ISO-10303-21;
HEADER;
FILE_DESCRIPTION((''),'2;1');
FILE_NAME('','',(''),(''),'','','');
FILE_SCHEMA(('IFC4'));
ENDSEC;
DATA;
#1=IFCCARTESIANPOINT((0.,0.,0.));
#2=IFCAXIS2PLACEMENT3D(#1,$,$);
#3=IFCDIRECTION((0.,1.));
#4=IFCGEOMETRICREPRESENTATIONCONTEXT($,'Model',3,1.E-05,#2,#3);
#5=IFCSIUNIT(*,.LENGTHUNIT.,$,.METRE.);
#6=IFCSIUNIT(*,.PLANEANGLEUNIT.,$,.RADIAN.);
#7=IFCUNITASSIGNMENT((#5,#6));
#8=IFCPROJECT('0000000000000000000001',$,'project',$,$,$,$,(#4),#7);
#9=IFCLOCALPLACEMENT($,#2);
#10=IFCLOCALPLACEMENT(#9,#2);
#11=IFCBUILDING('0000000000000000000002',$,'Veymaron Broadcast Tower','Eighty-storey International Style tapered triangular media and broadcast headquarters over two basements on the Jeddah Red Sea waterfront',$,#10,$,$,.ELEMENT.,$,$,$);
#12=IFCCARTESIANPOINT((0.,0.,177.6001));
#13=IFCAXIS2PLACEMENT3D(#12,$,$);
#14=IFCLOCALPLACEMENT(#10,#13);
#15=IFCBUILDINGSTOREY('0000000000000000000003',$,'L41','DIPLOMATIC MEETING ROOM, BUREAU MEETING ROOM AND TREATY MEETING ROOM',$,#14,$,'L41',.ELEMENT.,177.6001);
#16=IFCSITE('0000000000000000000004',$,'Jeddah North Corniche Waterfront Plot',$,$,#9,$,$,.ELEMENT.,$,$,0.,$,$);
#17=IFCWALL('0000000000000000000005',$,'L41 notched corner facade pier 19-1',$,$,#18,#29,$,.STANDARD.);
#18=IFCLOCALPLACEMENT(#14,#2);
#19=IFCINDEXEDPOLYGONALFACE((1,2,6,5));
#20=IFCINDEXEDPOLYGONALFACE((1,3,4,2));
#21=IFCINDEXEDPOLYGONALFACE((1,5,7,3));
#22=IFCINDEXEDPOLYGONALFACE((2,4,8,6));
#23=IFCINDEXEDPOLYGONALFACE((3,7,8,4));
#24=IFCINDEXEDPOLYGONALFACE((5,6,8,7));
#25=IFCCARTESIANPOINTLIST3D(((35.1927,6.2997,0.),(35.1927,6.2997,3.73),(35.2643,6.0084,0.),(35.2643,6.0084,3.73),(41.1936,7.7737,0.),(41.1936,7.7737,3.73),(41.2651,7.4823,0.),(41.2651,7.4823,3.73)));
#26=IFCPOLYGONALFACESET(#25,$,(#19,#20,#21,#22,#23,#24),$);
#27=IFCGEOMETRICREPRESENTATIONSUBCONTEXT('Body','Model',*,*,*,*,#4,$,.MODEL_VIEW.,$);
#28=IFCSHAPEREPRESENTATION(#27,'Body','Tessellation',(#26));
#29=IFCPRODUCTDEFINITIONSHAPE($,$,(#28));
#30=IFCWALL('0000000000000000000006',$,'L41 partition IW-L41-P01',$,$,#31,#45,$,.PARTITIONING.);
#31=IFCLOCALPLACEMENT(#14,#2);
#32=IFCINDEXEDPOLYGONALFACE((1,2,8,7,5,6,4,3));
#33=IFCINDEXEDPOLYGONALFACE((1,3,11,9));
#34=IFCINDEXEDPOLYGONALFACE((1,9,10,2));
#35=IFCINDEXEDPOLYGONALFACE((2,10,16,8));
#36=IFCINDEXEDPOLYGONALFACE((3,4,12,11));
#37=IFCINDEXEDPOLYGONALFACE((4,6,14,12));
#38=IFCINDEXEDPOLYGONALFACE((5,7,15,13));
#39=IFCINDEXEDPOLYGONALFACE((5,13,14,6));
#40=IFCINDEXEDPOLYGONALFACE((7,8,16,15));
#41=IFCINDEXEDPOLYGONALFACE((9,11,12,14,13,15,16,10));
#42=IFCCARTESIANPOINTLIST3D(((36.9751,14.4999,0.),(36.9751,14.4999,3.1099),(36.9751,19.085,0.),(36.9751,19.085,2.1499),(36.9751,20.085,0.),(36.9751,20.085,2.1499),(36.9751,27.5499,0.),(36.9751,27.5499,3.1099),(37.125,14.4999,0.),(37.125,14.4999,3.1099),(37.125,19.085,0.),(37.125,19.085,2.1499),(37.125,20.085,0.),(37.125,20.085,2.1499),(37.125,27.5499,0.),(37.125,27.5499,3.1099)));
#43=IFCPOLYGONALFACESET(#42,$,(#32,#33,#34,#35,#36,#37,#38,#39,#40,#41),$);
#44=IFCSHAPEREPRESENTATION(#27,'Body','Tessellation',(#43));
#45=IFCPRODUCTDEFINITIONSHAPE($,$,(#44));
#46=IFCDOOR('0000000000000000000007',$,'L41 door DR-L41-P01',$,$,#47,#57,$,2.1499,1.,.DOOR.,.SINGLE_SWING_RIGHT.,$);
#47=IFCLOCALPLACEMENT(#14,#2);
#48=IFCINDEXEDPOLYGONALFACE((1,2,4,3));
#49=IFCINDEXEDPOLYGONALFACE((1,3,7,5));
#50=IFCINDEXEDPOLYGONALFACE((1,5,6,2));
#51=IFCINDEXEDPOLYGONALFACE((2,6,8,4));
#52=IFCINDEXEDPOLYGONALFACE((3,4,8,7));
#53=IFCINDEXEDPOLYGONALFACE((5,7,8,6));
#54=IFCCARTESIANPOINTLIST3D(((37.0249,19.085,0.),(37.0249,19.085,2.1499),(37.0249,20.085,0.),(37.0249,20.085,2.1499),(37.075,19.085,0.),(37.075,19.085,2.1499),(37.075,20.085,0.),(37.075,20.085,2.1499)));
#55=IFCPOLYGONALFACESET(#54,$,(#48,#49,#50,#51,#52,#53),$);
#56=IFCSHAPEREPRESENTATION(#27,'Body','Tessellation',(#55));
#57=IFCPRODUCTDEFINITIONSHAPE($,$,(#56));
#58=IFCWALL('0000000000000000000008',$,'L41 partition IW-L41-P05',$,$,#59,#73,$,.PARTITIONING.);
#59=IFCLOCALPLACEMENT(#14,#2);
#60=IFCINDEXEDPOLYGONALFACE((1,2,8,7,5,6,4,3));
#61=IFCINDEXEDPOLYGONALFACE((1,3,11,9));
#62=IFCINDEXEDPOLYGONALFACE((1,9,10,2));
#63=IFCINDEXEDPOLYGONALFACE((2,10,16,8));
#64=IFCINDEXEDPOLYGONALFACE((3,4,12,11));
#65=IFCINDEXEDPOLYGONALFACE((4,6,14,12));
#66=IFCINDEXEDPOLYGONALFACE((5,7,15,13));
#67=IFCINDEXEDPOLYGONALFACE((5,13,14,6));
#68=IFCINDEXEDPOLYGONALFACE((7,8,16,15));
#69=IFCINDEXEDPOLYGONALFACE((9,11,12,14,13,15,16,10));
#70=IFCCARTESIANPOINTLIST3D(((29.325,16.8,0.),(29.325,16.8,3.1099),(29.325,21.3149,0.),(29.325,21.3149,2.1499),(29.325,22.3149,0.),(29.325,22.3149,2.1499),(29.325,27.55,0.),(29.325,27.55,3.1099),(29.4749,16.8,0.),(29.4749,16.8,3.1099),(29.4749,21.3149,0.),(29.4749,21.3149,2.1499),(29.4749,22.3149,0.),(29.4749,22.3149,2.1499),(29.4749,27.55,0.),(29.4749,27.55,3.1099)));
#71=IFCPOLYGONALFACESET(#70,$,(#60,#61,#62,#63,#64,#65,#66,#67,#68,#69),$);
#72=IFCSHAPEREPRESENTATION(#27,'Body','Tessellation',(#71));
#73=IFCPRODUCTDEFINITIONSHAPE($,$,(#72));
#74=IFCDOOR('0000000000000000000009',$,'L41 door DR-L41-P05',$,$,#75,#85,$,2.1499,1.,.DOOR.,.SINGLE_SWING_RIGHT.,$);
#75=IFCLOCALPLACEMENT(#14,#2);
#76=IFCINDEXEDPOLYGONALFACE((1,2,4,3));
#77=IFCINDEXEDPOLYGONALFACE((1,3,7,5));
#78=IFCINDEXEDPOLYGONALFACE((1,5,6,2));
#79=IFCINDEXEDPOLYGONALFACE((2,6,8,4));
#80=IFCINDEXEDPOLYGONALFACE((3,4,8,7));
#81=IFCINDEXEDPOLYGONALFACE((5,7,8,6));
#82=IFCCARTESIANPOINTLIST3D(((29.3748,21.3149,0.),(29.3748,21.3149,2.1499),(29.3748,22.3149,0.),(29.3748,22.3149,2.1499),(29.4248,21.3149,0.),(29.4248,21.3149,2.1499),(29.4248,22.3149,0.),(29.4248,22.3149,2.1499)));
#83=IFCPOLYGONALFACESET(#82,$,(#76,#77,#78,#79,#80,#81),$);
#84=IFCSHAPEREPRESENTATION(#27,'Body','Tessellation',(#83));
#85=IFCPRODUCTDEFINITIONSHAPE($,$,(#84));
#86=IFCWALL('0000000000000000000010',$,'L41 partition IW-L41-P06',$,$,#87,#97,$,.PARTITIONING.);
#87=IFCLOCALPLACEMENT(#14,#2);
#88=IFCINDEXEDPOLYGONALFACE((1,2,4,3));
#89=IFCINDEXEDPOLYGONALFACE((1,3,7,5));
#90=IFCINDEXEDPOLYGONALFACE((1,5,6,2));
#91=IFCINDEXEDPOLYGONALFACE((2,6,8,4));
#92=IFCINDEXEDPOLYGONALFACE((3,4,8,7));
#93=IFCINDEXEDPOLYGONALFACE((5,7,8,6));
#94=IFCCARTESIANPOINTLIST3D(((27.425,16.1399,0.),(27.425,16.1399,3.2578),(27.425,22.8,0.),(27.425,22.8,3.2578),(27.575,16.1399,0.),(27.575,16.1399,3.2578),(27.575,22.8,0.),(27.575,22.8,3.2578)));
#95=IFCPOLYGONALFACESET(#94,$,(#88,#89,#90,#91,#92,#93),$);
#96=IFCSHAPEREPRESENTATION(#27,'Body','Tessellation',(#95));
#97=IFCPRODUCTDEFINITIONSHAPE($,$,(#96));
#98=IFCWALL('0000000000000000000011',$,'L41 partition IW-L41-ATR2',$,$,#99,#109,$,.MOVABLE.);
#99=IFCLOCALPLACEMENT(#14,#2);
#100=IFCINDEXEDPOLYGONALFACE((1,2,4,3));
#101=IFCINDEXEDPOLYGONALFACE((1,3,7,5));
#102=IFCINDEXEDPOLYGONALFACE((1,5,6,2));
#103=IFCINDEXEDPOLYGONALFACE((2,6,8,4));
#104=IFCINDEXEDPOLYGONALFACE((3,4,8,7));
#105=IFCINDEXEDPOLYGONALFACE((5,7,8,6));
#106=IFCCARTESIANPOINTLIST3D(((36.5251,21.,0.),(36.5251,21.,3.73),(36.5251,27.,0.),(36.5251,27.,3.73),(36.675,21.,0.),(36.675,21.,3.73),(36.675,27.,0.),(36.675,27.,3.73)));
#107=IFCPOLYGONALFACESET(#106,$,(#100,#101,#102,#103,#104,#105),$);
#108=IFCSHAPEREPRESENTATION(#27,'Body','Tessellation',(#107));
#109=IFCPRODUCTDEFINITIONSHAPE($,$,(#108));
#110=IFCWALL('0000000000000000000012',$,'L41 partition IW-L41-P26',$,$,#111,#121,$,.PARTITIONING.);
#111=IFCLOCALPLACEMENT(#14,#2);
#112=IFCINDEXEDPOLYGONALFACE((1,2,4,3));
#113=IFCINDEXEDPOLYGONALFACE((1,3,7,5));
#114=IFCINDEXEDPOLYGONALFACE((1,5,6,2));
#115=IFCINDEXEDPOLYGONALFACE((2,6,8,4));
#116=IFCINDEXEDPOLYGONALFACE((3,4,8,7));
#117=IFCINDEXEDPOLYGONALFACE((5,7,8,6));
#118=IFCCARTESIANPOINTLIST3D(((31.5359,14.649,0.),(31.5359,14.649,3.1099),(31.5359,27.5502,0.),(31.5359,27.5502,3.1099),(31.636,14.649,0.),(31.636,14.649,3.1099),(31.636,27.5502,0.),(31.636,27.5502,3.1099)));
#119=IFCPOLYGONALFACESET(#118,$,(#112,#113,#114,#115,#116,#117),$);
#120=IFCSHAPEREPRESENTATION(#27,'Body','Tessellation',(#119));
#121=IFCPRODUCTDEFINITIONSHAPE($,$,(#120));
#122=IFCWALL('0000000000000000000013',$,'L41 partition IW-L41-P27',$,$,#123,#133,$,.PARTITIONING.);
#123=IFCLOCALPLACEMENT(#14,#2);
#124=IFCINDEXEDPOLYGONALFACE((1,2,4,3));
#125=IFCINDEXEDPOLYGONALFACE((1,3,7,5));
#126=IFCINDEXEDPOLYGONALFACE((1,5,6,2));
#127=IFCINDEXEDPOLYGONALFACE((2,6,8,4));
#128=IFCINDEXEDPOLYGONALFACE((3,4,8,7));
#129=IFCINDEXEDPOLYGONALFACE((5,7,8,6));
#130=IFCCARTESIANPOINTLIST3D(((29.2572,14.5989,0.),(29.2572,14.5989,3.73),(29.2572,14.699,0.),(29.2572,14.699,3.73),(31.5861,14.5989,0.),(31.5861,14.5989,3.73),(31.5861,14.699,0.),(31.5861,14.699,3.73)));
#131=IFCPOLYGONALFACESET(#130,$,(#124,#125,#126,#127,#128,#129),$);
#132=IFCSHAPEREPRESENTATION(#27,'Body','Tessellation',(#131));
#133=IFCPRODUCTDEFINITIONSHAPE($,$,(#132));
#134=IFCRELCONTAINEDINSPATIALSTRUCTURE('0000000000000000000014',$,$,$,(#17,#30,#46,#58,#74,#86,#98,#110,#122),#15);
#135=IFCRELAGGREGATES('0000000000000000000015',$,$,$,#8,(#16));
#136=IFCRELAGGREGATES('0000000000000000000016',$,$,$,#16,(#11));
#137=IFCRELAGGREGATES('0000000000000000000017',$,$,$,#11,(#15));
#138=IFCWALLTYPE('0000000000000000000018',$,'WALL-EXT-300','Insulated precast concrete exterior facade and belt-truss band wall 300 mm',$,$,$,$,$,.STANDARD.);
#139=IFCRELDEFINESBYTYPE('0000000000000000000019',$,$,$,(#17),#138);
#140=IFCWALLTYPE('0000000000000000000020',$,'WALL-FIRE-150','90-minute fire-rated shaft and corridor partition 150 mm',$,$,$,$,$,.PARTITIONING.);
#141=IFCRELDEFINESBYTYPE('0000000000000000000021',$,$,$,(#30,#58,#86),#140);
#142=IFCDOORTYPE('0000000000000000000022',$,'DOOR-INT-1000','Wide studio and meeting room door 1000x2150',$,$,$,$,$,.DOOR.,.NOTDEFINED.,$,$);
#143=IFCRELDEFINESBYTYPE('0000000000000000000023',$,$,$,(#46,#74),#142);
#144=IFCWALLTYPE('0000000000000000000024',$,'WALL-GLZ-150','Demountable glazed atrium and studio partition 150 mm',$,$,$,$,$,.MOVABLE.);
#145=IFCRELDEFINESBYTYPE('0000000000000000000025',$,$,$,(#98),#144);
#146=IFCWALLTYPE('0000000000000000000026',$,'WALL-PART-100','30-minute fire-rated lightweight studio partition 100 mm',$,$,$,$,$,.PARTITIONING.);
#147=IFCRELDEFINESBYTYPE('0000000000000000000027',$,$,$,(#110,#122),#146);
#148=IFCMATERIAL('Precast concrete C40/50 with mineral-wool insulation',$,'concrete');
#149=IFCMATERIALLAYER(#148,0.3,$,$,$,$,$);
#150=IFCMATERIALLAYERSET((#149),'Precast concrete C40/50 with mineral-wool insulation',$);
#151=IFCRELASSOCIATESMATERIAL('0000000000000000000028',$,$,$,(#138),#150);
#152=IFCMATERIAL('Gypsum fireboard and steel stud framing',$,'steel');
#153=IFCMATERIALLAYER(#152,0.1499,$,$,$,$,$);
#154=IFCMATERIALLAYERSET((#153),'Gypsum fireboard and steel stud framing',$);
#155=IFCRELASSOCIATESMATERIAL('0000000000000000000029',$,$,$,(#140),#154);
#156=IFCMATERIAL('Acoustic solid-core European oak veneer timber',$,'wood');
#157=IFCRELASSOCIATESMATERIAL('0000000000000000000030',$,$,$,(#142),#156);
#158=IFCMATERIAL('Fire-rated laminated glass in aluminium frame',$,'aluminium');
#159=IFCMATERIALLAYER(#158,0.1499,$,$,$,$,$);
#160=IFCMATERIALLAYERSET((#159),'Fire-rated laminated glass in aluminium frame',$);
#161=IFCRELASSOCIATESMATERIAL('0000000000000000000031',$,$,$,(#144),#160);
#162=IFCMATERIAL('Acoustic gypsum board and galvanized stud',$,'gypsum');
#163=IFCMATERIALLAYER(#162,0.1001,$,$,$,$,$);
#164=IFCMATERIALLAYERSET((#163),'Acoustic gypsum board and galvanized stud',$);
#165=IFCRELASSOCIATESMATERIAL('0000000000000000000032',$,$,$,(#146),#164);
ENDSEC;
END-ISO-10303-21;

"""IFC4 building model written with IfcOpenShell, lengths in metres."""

from ifc_helpers import new_model, si_unit, direction, frame, frame_2d, origin, place, context, subcontext, project, spatial, rectangle, extrude, material, layer, layer_set, type_object, element, fill, save


model = new_model("IFC4")

# Units and contexts
model_context = context("Model", 3, precision=1e-05, world=origin(), true_north=direction((0.0, 1.0)))
body_context = subcontext(model_context, "Body", "Model", "MODEL_VIEW")
ifc_project = project(units=[si_unit("LENGTHUNIT", "METRE"), si_unit("PLANEANGLEUNIT", "RADIAN")], contexts=[model_context])

# Site, building, storey
site_placement = place(None, origin())
site = spatial("IfcSite", under=ifc_project, at=site_placement, Name="Jeddah North Corniche Waterfront Plot", CompositionType="ELEMENT", RefElevation=0.0)
building_placement = place(site_placement, origin())
building = spatial("IfcBuilding", under=site, at=building_placement, Name="Veymaron Broadcast Tower", Description="Eighty-storey International Style tapered triangular media and broadcast headquarters over two basements on the Jeddah Red Sea waterfront", CompositionType="ELEMENT")
storey_placement = place(building_placement, frame((0.0, 0.0, 177.6001)))
storey = spatial("IfcBuildingStorey", under=building, at=storey_placement, Name="L41", Description="DIPLOMATIC MEETING ROOM, BUREAU MEETING ROOM AND TREATY MEETING ROOM", LongName="L41", CompositionType="ELEMENT", Elevation=177.6001)

# Wall
ifc_material_1 = material(Name="Precast concrete C40/50 with mineral-wool insulation", Category="concrete")
ifc_layer_1 = layer(ifc_material_1, 0.3)
ifc_layer_set_1 = layer_set([ifc_layer_1], Name="Precast concrete C40/50 with mineral-wool insulation")
wall_type_1 = type_object("IfcWallType", Name="WALL-EXT-300", Description="Insulated precast concrete exterior facade and belt-truss band wall 300 mm", PredefinedType="STANDARD", material=ifc_layer_set_1)
wall_1_placement = place(storey_placement, frame((35.2285, 6.1541, 0.0), z_axis=(0.0, 0.0, 1.0), x_axis=(0.971136, 0.238527, 0.0)))
element("IfcWall", 1, at=wall_1_placement, inside=storey, type_object=wall_type_1, Name="L41 notched corner facade pier 19-1", PredefinedType="STANDARD", context=body_context, shape_type="SweptSolid", body=[
    extrude(rectangle(XDim=6.1792, YDim=0.3, at=frame_2d((3.0896, 0.0))), origin(), (0.0, 0.0, 1.0), 3.73),
])

# Walls, openings, doors
ifc_material_2 = material(Name="Gypsum fireboard and steel stud framing", Category="steel")
ifc_layer_2 = layer(ifc_material_2, 0.1499)
ifc_layer_set_2 = layer_set([ifc_layer_2], Name="Gypsum fireboard and steel stud framing")
wall_type_2 = type_object("IfcWallType", Name="WALL-FIRE-150", Description="90-minute fire-rated shaft and corridor partition 150 mm", PredefinedType="PARTITIONING", material=ifc_layer_set_2)
wall_2_placement = place(storey_placement, frame((37.05, 14.5, 0.0), z_axis=(0.0, 0.0, 1.0), x_axis=(0.0, 1.0, 0.0)))
wall_2 = element("IfcWall", 2, at=wall_2_placement, inside=storey, type_object=wall_type_2, Name="L41 partition IW-L41-P01", PredefinedType="PARTITIONING", context=body_context, shape_type="SweptSolid", body=[
    extrude(rectangle(XDim=13.05, YDim=0.1499, at=frame_2d((6.5249, 0.0))), origin(), (0.0, 0.0, 1.0), 3.1099),
])
opening_1_placement = place(wall_2_placement, frame((4.585, 0.0, 0.0)))
opening_1 = element("IfcOpeningElement", 3, at=opening_1_placement, cuts=wall_2, PredefinedType="OPENING", context=body_context, shape_type="SweptSolid", body=[
    extrude(rectangle(XDim=1.0, YDim=2.1499, at=frame_2d((0.5, 1.075))), frame((0.0, 0.085, 0.0), z_axis=(0.0, -1.0, 0.0), x_axis=(1.0, 0.0, 0.0)), (0.0, 0.0, 1.0), 0.1699),
])
ifc_material_3 = material(Name="Acoustic solid-core European oak veneer timber", Category="wood")
door_type = type_object("IfcDoorType", Name="DOOR-INT-1000", Description="Wide studio and meeting room door 1000x2150", OperationType="NOTDEFINED", PredefinedType="DOOR", material=ifc_material_3)
door_1_placement = place(opening_1_placement, frame((1.0, 0.0, 0.0), z_axis=(0.0, 0.0, 1.0), x_axis=(-1.0, 0.0, 0.0)))
door_1 = element("IfcDoor", 4, at=door_1_placement, inside=storey, type_object=door_type, Name="L41 door DR-L41-P01", OperationType="SINGLE_SWING_RIGHT", OverallHeight=2.1499, OverallWidth=1.0, PredefinedType="DOOR", context=body_context, shape_type="SweptSolid", body=[
    extrude(rectangle(XDim=1.0, YDim=2.1499, at=frame_2d((0.5, 1.075))), frame((0.0, 0.0249, 0.0), z_axis=(0.0, -1.0, 0.0), x_axis=(1.0, 0.0, 0.0)), (0.0, 0.0, 1.0), 0.05),
])
fill(opening_1, door_1)
wall_3_placement = place(storey_placement, frame((29.3999, 16.8, 0.0), z_axis=(0.0, 0.0, 1.0), x_axis=(0.0, 1.0, 0.0)))
wall_3 = element("IfcWall", 5, at=wall_3_placement, inside=storey, type_object=wall_type_2, Name="L41 partition IW-L41-P05", PredefinedType="PARTITIONING", context=body_context, shape_type="SweptSolid", body=[
    extrude(rectangle(XDim=10.75, YDim=0.1499, at=frame_2d((5.375, 0.0))), origin(), (0.0, 0.0, 1.0), 3.1099),
])
opening_2_placement = place(wall_3_placement, frame((4.5149, 0.0, 0.0)))
opening_2 = element("IfcOpeningElement", 6, at=opening_2_placement, cuts=wall_3, PredefinedType="OPENING", context=body_context, shape_type="SweptSolid", body=[
    extrude(rectangle(XDim=1.0, YDim=2.1499, at=frame_2d((0.5, 1.075))), frame((0.0, 0.085, 0.0), z_axis=(0.0, -1.0, 0.0), x_axis=(1.0, 0.0, 0.0)), (0.0, 0.0, 1.0), 0.1699),
])
door_2_placement = place(opening_2_placement, frame((1.0, 0.0, 0.0), z_axis=(0.0, 0.0, 1.0), x_axis=(-1.0, 0.0, 0.0)))
door_2 = element("IfcDoor", 7, at=door_2_placement, inside=storey, type_object=door_type, Name="L41 door DR-L41-P05", OperationType="SINGLE_SWING_RIGHT", OverallHeight=2.1499, OverallWidth=1.0, PredefinedType="DOOR", context=body_context, shape_type="SweptSolid", body=[
    extrude(rectangle(XDim=1.0, YDim=2.1499, at=frame_2d((0.5, 1.075))), frame((0.0, 0.0249, 0.0), z_axis=(0.0, -1.0, 0.0), x_axis=(1.0, 0.0, 0.0)), (0.0, 0.0, 1.0), 0.05),
])
fill(opening_2, door_2)

# Walls
wall_4_placement = place(storey_placement, frame((27.5, 16.1399, 0.0), z_axis=(0.0, 0.0, 1.0), x_axis=(0.0, 1.0, 0.0)))
element("IfcWall", 8, at=wall_4_placement, inside=storey, type_object=wall_type_2, Name="L41 partition IW-L41-P06", PredefinedType="PARTITIONING", context=body_context, shape_type="SweptSolid", body=[
    extrude(rectangle(XDim=6.6602, YDim=0.1499, at=frame_2d((3.3301, 0.0))), origin(), (0.0, 0.0, 1.0), 3.2578),
])
ifc_material_4 = material(Name="Fire-rated laminated glass in aluminium frame", Category="aluminium")
ifc_layer_3 = layer(ifc_material_4, 0.1499)
ifc_layer_set_3 = layer_set([ifc_layer_3], Name="Fire-rated laminated glass in aluminium frame")
wall_type_3 = type_object("IfcWallType", Name="WALL-GLZ-150", Description="Demountable glazed atrium and studio partition 150 mm", PredefinedType="MOVABLE", material=ifc_layer_set_3)
wall_5_placement = place(storey_placement, frame((36.6001, 21.0, 0.0), z_axis=(0.0, 0.0, 1.0), x_axis=(0.0, 1.0, 0.0)))
element("IfcWall", 9, at=wall_5_placement, inside=storey, type_object=wall_type_3, Name="L41 partition IW-L41-ATR2", PredefinedType="MOVABLE", context=body_context, shape_type="SweptSolid", body=[
    extrude(rectangle(XDim=6.0, YDim=0.1499, at=frame_2d((3.0, 0.0))), origin(), (0.0, 0.0, 1.0), 3.73),
])
ifc_material_5 = material(Name="Acoustic gypsum board and galvanized stud", Category="gypsum")
ifc_layer_4 = layer(ifc_material_5, 0.1001)
ifc_layer_set_4 = layer_set([ifc_layer_4], Name="Acoustic gypsum board and galvanized stud")
wall_type_4 = type_object("IfcWallType", Name="WALL-PART-100", Description="30-minute fire-rated lightweight studio partition 100 mm", PredefinedType="PARTITIONING", material=ifc_layer_set_4)
wall_6_placement = place(storey_placement, frame((31.5859, 14.6489, 0.0), z_axis=(0.0, 0.0, 1.0), x_axis=(0.0, 1.0, 0.0)))
element("IfcWall", 10, at=wall_6_placement, inside=storey, type_object=wall_type_4, Name="L41 partition IW-L41-P26", PredefinedType="PARTITIONING", context=body_context, shape_type="SweptSolid", body=[
    extrude(rectangle(XDim=12.9011, YDim=0.1001, at=frame_2d((6.4507, 0.0))), origin(), (0.0, 0.0, 1.0), 3.1099),
])
wall_7_placement = place(storey_placement, frame((29.2571, 14.6489, 0.0), z_axis=(0.0, 0.0, 1.0), x_axis=(1.0, 0.0, 0.0)))
element("IfcWall", 11, at=wall_7_placement, inside=storey, type_object=wall_type_4, Name="L41 partition IW-L41-P27", PredefinedType="PARTITIONING", context=body_context, shape_type="SweptSolid", body=[
    extrude(rectangle(XDim=2.3289, YDim=0.1001, at=frame_2d((1.1646, 0.0))), origin(), (0.0, 0.0, 1.0), 3.73),
])

save(model, "model.ifc")
